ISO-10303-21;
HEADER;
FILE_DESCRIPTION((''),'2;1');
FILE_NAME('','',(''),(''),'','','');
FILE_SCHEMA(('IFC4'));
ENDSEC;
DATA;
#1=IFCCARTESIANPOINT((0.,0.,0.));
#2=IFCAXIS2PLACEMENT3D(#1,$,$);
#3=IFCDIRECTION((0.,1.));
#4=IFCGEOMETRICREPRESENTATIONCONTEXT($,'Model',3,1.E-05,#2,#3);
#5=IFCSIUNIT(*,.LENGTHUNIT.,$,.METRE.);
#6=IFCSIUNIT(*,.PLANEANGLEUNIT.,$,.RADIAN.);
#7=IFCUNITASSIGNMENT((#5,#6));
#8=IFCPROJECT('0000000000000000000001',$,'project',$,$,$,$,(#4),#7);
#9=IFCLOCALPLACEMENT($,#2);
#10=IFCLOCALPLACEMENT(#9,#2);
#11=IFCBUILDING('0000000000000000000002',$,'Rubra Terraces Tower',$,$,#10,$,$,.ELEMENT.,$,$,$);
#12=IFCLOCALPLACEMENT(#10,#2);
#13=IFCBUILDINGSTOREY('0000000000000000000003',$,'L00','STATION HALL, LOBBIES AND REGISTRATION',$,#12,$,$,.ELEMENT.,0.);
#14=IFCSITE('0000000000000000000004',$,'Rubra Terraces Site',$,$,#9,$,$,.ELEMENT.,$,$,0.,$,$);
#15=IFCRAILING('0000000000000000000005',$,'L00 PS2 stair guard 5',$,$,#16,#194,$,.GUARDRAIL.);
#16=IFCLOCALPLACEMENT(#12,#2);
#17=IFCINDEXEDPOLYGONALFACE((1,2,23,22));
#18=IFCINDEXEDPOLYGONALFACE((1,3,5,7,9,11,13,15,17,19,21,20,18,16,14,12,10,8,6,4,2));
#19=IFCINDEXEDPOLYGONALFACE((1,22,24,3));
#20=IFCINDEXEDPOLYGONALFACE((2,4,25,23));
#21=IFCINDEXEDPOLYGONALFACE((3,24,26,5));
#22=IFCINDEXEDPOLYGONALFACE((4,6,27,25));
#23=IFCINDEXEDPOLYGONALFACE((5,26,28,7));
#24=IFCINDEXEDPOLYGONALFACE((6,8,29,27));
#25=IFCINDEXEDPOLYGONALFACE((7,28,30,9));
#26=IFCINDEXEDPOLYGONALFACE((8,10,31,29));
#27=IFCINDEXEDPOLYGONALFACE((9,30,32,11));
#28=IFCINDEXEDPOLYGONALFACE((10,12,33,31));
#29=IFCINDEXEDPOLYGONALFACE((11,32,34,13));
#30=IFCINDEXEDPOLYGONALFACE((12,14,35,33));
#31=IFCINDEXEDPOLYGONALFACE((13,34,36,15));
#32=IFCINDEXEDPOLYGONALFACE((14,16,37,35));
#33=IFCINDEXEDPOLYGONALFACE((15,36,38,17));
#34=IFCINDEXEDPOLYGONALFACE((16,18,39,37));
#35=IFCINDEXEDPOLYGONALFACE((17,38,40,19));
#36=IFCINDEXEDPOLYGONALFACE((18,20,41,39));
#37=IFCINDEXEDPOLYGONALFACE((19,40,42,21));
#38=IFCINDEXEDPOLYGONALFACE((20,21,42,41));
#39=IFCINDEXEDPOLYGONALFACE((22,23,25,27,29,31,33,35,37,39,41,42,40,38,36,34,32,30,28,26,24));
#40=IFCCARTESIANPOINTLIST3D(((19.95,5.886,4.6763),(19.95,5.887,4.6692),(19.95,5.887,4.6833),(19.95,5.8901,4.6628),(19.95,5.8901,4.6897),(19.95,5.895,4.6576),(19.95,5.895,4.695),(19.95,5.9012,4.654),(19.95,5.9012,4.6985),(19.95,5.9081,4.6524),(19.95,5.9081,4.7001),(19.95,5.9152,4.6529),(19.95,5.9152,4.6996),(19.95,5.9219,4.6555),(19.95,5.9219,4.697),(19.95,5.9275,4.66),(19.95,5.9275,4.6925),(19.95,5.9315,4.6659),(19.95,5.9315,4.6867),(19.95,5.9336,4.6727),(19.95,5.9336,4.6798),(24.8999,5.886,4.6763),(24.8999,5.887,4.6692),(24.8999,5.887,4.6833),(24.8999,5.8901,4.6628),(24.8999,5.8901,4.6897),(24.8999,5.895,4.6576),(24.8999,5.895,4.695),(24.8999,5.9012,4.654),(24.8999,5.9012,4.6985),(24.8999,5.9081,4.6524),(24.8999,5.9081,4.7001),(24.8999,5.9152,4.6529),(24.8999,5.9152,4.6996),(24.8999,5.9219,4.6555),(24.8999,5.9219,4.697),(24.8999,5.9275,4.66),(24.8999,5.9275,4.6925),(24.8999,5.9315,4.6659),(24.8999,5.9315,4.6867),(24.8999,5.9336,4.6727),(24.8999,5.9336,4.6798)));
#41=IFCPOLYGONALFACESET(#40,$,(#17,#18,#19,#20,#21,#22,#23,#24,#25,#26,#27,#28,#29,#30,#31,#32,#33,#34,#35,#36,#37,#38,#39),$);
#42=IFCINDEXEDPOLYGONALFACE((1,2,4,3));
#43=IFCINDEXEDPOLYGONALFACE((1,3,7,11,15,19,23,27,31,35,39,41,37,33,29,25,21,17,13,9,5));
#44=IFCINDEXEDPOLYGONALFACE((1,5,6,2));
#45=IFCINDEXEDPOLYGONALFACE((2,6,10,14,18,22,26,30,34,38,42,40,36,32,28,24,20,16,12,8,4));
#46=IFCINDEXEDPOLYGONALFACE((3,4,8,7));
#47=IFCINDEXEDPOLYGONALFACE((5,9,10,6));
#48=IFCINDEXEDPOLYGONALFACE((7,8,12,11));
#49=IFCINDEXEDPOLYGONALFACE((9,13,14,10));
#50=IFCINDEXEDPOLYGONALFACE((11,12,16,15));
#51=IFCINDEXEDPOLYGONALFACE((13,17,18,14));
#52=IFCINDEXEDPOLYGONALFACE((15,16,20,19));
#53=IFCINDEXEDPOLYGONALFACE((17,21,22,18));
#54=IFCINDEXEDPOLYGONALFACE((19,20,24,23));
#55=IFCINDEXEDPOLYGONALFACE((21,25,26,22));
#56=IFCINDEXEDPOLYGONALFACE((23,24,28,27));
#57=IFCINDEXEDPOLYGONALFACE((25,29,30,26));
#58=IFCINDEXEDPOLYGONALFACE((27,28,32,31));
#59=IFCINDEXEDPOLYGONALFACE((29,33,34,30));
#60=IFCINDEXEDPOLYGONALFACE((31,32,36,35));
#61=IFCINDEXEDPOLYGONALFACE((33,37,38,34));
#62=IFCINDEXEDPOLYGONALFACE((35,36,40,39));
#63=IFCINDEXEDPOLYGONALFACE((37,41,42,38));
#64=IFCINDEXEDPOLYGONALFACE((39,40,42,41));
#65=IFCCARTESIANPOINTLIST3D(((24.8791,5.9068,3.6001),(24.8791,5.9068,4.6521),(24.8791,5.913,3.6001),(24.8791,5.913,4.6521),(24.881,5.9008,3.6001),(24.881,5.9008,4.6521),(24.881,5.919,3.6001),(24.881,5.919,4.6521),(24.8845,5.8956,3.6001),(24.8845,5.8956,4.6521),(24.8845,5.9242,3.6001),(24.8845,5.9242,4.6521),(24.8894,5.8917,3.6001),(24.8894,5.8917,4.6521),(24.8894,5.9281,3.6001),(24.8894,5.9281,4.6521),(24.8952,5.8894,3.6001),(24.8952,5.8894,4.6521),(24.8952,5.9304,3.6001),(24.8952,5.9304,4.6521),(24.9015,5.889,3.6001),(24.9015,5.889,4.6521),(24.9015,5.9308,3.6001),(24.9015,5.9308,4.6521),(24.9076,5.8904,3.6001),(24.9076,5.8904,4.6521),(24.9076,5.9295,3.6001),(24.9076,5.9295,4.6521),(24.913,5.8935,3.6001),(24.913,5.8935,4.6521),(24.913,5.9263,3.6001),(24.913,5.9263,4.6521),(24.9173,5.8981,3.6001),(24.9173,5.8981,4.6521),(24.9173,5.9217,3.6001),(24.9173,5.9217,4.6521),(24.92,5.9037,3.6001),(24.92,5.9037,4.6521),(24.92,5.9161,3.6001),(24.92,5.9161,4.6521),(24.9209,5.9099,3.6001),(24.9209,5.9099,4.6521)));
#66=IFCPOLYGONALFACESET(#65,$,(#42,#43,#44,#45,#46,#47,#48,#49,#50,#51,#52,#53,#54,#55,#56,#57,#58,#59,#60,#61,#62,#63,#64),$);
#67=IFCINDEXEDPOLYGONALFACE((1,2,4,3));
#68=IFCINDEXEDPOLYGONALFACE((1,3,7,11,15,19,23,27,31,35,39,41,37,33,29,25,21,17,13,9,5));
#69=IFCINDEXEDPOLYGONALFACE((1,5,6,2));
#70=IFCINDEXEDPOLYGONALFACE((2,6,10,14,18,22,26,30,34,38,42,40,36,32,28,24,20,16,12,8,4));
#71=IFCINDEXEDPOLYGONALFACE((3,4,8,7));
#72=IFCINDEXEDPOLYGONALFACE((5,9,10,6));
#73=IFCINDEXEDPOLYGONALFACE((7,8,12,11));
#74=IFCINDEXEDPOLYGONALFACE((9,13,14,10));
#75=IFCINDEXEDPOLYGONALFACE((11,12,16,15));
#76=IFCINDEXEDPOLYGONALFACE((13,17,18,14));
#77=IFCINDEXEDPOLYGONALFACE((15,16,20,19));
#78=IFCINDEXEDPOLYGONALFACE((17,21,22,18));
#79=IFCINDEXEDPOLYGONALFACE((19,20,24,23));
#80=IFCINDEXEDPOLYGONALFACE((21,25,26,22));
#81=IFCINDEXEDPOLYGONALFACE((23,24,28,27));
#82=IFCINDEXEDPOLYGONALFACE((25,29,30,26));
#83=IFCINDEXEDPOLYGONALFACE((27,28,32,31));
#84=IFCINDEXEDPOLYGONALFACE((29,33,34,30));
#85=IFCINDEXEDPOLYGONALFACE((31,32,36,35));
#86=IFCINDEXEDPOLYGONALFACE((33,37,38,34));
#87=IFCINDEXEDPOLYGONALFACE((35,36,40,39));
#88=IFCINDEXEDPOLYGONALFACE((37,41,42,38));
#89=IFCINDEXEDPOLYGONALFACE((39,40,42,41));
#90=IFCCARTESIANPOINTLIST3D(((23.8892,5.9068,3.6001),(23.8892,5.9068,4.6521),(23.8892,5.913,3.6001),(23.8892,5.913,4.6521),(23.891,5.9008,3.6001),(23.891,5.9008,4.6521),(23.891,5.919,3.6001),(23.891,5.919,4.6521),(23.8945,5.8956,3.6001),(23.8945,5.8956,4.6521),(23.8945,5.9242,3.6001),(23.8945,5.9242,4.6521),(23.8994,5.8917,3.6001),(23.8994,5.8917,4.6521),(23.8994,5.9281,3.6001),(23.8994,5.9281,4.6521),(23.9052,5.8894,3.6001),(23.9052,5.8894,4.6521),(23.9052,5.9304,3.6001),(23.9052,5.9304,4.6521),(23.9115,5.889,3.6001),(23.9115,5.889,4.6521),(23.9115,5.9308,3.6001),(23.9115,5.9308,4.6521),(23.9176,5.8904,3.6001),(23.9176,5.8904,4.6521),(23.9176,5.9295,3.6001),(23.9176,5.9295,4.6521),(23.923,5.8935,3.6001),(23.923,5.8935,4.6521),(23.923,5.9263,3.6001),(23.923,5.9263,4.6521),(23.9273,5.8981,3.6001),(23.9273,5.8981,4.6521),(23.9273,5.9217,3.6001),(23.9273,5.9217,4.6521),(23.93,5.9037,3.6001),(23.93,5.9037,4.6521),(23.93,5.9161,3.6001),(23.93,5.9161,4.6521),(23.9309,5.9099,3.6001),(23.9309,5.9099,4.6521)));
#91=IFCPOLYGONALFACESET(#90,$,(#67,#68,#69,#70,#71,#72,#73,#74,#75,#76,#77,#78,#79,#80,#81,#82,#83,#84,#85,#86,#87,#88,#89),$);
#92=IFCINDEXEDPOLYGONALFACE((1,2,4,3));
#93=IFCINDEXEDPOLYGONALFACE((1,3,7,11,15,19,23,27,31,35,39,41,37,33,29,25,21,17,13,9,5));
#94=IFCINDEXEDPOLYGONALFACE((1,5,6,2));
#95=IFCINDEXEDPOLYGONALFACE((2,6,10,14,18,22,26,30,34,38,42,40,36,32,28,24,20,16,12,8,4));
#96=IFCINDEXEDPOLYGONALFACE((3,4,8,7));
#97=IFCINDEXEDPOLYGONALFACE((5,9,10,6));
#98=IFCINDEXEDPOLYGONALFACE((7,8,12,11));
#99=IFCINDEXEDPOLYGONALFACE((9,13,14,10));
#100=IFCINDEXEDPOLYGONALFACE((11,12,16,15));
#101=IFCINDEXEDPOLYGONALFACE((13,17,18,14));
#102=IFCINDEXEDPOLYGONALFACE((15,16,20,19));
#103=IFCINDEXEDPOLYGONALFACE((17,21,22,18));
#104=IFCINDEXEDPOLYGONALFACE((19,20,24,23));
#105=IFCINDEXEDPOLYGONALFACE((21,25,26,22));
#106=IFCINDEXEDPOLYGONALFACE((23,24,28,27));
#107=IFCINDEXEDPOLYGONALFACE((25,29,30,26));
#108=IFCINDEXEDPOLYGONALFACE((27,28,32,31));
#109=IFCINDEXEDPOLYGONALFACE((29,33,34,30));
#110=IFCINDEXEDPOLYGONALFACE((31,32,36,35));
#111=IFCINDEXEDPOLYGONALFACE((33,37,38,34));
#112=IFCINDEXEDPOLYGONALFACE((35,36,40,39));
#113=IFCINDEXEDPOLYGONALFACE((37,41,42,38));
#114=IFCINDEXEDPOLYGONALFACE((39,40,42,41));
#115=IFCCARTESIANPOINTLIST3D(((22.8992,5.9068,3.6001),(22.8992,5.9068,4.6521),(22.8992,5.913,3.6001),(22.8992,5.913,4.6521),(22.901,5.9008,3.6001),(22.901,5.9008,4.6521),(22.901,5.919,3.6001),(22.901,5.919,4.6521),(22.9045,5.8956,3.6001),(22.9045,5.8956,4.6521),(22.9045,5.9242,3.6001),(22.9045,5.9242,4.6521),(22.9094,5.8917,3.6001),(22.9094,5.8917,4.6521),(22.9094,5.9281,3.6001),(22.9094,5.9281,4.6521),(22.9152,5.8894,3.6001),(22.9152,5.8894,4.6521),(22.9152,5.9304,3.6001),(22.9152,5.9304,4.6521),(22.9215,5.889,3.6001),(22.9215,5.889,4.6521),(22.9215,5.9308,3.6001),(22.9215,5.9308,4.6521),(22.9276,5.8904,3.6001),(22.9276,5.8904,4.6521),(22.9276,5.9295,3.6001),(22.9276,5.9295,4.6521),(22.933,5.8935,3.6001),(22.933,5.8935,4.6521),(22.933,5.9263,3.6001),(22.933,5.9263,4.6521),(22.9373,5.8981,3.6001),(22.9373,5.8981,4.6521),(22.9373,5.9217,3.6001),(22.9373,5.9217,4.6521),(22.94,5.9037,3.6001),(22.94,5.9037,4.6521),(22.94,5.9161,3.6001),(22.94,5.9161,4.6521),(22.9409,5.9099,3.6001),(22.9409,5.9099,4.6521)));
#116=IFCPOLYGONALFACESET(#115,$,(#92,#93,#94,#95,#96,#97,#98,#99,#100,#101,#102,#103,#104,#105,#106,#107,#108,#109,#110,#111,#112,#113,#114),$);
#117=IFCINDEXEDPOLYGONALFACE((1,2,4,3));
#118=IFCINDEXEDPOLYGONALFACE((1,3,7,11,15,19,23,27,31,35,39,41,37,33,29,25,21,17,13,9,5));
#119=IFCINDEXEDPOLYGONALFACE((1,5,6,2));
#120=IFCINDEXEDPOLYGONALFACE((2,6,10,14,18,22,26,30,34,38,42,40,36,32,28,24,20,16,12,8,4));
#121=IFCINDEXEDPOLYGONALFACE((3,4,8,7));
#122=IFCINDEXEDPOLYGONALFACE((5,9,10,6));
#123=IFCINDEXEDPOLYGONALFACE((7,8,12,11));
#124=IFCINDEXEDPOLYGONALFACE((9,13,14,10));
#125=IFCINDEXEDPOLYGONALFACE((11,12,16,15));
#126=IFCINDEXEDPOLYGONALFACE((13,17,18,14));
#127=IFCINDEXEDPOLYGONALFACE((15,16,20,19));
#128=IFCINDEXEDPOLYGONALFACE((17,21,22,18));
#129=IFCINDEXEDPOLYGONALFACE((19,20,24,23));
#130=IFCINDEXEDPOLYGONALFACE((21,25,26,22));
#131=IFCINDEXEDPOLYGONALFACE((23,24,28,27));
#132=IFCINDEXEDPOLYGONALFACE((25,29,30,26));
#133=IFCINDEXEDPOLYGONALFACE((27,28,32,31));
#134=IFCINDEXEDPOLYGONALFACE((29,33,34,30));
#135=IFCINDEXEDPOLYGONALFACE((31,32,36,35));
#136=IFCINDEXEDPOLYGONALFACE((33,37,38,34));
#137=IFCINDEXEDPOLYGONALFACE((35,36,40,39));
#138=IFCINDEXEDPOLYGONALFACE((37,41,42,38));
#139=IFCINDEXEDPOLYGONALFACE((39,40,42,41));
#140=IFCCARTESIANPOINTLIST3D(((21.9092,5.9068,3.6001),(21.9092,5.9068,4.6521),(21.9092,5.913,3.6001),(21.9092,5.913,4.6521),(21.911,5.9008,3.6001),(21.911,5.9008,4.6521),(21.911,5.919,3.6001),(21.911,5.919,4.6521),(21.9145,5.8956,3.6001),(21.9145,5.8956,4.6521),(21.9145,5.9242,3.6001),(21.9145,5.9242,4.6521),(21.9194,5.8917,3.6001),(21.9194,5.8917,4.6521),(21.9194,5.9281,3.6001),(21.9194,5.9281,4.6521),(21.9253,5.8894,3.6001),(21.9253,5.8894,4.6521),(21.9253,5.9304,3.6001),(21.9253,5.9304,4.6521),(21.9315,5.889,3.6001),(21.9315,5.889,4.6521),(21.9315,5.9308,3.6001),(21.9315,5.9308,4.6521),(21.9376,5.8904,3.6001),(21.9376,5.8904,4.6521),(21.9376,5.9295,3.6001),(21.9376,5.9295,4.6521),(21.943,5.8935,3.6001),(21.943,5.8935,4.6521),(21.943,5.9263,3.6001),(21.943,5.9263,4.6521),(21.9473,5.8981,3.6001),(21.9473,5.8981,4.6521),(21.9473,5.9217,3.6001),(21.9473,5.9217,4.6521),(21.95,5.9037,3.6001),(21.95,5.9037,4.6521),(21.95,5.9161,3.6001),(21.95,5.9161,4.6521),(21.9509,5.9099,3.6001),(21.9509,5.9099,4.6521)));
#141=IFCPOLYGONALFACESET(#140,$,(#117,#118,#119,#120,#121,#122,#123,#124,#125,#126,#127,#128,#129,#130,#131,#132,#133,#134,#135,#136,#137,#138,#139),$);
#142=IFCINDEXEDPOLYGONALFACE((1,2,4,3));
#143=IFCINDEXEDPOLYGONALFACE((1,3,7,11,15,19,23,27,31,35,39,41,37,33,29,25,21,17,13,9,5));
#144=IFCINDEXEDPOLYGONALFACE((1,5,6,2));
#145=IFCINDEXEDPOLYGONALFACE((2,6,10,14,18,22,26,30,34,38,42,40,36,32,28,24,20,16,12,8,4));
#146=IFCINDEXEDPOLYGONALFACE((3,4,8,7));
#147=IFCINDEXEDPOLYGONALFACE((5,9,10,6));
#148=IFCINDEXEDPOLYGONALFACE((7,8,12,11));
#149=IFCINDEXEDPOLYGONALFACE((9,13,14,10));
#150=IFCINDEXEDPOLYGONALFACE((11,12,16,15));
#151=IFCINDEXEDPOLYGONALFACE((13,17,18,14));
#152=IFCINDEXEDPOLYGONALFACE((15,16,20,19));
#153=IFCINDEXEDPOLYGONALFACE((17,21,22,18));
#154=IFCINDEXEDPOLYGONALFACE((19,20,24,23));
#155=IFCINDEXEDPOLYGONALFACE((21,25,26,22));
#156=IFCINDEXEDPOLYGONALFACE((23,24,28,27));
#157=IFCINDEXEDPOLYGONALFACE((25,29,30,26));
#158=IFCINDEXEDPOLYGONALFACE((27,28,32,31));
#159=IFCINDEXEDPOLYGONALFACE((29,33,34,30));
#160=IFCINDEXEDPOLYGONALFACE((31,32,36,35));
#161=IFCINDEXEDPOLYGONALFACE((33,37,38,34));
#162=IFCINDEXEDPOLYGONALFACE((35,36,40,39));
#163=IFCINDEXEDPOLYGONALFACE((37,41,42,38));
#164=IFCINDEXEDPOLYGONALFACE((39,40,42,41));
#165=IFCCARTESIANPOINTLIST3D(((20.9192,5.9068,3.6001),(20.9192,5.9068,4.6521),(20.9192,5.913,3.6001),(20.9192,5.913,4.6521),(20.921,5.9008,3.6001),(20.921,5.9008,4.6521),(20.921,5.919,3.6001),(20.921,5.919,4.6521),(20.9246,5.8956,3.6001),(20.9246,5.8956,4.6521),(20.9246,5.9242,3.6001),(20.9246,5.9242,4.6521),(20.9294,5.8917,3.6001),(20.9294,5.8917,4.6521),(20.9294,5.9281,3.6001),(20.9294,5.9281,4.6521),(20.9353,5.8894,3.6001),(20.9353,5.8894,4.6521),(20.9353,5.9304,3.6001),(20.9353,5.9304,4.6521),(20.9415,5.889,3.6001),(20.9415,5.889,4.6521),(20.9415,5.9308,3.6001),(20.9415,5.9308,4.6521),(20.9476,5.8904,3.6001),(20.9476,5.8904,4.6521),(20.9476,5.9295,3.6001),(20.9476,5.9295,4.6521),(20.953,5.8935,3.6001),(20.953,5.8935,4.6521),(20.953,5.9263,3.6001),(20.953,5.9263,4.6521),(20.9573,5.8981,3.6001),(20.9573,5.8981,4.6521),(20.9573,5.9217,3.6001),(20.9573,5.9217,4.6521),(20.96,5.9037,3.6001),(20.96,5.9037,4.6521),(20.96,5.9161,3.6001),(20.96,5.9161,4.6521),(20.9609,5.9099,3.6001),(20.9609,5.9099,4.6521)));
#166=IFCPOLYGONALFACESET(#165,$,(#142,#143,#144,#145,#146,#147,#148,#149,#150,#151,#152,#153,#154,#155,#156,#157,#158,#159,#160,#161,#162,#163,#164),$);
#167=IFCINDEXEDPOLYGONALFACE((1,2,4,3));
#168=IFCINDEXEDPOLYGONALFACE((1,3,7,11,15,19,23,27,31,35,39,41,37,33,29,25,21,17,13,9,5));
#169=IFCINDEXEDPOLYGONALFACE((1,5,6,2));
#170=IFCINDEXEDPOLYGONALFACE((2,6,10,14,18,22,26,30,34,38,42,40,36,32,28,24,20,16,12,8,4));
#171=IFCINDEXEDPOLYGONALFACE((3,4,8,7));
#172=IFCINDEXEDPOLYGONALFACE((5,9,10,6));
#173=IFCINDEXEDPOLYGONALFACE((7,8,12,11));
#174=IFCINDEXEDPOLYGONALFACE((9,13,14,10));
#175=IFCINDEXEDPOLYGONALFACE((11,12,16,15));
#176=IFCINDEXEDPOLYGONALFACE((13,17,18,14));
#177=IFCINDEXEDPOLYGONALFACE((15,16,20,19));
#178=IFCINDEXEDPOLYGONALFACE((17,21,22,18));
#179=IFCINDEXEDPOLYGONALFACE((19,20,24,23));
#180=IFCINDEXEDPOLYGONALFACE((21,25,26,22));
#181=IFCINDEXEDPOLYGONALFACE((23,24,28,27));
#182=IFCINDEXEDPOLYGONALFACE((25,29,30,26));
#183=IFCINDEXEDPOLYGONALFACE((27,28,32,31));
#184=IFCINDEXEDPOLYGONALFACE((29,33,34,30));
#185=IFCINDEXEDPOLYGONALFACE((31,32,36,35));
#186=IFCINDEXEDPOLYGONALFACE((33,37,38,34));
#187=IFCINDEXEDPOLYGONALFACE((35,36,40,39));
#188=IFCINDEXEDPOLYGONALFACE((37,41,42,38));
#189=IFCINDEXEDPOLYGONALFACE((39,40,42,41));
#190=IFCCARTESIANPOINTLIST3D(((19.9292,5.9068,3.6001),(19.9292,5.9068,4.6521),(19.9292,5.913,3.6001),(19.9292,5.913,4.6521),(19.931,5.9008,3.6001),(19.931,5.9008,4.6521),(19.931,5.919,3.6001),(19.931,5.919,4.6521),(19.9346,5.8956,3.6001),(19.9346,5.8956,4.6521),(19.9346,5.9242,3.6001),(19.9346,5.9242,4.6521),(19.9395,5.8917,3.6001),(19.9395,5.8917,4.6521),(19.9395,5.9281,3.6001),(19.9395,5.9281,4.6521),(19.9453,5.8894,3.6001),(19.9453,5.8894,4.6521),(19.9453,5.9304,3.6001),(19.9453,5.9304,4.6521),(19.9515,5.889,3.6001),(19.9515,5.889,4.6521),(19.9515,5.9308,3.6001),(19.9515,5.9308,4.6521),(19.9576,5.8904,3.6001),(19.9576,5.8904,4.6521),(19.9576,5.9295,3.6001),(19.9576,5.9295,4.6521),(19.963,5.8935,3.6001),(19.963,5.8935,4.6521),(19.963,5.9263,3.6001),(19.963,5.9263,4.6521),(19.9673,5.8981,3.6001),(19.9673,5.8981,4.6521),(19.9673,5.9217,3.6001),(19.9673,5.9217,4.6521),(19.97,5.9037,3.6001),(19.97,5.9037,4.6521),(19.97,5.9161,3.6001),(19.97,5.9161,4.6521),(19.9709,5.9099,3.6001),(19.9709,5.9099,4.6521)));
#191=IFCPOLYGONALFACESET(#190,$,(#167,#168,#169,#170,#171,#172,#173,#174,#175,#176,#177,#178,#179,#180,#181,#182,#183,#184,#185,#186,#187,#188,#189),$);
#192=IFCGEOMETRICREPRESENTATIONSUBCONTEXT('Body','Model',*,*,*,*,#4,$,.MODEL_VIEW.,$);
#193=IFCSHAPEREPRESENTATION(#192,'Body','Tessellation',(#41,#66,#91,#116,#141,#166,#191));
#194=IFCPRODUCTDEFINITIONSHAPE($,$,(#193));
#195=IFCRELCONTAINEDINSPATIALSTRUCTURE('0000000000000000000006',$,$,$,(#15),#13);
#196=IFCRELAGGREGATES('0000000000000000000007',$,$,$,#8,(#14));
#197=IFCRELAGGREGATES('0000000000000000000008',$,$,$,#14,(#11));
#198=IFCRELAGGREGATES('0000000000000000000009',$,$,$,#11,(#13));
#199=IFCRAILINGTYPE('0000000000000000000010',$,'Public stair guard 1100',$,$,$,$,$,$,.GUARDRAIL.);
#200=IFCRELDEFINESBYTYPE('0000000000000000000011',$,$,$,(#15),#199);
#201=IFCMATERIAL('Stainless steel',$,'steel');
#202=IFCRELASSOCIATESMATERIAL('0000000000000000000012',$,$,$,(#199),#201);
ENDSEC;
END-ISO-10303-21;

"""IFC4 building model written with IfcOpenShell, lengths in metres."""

from ifc_helpers import new_model, si_unit, direction, frame, origin, origin_2d, place, context, subcontext, project, spatial, circle, extrude, material, type_object, element, save


model = new_model("IFC4")

# Units and contexts
model_context = context("Model", 3, precision=1e-05, world=origin(), true_north=direction((0.0, 1.0)))
body_context = subcontext(model_context, "Body", "Model", "MODEL_VIEW")
ifc_project = project(units=[si_unit("LENGTHUNIT", "METRE"), si_unit("PLANEANGLEUNIT", "RADIAN")], contexts=[model_context])

# Site, building, storey
site_placement = place(None, origin())
site = spatial("IfcSite", under=ifc_project, at=site_placement, Name="Rubra Terraces Site", CompositionType="ELEMENT", RefElevation=0.0)
building_placement = place(site_placement, origin())
building = spatial("IfcBuilding", under=site, at=building_placement, Name="Rubra Terraces Tower", CompositionType="ELEMENT")
storey_placement = place(building_placement, origin())
storey = spatial("IfcBuildingStorey", under=building, at=storey_placement, Name="L00", Description="STATION HALL, LOBBIES AND REGISTRATION", CompositionType="ELEMENT", Elevation=0.0)

# Railing
ifc_material_1 = material(Name="Stainless steel", Category="steel")
railing_type_1 = type_object("IfcRailingType", Name="Public stair guard 1100", PredefinedType="GUARDRAIL", material=ifc_material_1)
railing_1_placement = place(storey_placement, frame((24.8999, 5.9099, 3.6001)))
element("IfcRailing", 1, at=railing_1_placement, inside=storey, type_object=railing_type_1, Name="L00 PS2 stair guard 5", PredefinedType="GUARDRAIL", context=body_context, shape_type="SweptSolid", body=[
    extrude(circle(Radius=0.0239, at=origin_2d()), frame((0.0, 0.0, 1.0762), z_axis=(-1.0, 0.0, 0.0), x_axis=(0.0, -1.0, 0.0)), (0.0, 0.0, 1.0), 4.95),
    extrude(circle(Radius=0.021, at=origin_2d()), origin(), (0.0, 0.0, 1.0), 1.052),
    extrude(circle(Radius=0.021, at=origin_2d()), frame((-0.99, 0.0, 0.0)), (0.0, 0.0, 1.0), 1.052),
    extrude(circle(Radius=0.021, at=origin_2d()), frame((-1.98, 0.0, 0.0)), (0.0, 0.0, 1.0), 1.052),
    extrude(circle(Radius=0.021, at=origin_2d()), frame((-2.97, 0.0, 0.0)), (0.0, 0.0, 1.0), 1.052),
    extrude(circle(Radius=0.021, at=origin_2d()), frame((-3.96, 0.0, 0.0)), (0.0, 0.0, 1.0), 1.052),
    extrude(circle(Radius=0.021, at=origin_2d()), frame((-4.95, 0.0, 0.0)), (0.0, 0.0, 1.0), 1.052),
])

save(model, "model.ifc")
